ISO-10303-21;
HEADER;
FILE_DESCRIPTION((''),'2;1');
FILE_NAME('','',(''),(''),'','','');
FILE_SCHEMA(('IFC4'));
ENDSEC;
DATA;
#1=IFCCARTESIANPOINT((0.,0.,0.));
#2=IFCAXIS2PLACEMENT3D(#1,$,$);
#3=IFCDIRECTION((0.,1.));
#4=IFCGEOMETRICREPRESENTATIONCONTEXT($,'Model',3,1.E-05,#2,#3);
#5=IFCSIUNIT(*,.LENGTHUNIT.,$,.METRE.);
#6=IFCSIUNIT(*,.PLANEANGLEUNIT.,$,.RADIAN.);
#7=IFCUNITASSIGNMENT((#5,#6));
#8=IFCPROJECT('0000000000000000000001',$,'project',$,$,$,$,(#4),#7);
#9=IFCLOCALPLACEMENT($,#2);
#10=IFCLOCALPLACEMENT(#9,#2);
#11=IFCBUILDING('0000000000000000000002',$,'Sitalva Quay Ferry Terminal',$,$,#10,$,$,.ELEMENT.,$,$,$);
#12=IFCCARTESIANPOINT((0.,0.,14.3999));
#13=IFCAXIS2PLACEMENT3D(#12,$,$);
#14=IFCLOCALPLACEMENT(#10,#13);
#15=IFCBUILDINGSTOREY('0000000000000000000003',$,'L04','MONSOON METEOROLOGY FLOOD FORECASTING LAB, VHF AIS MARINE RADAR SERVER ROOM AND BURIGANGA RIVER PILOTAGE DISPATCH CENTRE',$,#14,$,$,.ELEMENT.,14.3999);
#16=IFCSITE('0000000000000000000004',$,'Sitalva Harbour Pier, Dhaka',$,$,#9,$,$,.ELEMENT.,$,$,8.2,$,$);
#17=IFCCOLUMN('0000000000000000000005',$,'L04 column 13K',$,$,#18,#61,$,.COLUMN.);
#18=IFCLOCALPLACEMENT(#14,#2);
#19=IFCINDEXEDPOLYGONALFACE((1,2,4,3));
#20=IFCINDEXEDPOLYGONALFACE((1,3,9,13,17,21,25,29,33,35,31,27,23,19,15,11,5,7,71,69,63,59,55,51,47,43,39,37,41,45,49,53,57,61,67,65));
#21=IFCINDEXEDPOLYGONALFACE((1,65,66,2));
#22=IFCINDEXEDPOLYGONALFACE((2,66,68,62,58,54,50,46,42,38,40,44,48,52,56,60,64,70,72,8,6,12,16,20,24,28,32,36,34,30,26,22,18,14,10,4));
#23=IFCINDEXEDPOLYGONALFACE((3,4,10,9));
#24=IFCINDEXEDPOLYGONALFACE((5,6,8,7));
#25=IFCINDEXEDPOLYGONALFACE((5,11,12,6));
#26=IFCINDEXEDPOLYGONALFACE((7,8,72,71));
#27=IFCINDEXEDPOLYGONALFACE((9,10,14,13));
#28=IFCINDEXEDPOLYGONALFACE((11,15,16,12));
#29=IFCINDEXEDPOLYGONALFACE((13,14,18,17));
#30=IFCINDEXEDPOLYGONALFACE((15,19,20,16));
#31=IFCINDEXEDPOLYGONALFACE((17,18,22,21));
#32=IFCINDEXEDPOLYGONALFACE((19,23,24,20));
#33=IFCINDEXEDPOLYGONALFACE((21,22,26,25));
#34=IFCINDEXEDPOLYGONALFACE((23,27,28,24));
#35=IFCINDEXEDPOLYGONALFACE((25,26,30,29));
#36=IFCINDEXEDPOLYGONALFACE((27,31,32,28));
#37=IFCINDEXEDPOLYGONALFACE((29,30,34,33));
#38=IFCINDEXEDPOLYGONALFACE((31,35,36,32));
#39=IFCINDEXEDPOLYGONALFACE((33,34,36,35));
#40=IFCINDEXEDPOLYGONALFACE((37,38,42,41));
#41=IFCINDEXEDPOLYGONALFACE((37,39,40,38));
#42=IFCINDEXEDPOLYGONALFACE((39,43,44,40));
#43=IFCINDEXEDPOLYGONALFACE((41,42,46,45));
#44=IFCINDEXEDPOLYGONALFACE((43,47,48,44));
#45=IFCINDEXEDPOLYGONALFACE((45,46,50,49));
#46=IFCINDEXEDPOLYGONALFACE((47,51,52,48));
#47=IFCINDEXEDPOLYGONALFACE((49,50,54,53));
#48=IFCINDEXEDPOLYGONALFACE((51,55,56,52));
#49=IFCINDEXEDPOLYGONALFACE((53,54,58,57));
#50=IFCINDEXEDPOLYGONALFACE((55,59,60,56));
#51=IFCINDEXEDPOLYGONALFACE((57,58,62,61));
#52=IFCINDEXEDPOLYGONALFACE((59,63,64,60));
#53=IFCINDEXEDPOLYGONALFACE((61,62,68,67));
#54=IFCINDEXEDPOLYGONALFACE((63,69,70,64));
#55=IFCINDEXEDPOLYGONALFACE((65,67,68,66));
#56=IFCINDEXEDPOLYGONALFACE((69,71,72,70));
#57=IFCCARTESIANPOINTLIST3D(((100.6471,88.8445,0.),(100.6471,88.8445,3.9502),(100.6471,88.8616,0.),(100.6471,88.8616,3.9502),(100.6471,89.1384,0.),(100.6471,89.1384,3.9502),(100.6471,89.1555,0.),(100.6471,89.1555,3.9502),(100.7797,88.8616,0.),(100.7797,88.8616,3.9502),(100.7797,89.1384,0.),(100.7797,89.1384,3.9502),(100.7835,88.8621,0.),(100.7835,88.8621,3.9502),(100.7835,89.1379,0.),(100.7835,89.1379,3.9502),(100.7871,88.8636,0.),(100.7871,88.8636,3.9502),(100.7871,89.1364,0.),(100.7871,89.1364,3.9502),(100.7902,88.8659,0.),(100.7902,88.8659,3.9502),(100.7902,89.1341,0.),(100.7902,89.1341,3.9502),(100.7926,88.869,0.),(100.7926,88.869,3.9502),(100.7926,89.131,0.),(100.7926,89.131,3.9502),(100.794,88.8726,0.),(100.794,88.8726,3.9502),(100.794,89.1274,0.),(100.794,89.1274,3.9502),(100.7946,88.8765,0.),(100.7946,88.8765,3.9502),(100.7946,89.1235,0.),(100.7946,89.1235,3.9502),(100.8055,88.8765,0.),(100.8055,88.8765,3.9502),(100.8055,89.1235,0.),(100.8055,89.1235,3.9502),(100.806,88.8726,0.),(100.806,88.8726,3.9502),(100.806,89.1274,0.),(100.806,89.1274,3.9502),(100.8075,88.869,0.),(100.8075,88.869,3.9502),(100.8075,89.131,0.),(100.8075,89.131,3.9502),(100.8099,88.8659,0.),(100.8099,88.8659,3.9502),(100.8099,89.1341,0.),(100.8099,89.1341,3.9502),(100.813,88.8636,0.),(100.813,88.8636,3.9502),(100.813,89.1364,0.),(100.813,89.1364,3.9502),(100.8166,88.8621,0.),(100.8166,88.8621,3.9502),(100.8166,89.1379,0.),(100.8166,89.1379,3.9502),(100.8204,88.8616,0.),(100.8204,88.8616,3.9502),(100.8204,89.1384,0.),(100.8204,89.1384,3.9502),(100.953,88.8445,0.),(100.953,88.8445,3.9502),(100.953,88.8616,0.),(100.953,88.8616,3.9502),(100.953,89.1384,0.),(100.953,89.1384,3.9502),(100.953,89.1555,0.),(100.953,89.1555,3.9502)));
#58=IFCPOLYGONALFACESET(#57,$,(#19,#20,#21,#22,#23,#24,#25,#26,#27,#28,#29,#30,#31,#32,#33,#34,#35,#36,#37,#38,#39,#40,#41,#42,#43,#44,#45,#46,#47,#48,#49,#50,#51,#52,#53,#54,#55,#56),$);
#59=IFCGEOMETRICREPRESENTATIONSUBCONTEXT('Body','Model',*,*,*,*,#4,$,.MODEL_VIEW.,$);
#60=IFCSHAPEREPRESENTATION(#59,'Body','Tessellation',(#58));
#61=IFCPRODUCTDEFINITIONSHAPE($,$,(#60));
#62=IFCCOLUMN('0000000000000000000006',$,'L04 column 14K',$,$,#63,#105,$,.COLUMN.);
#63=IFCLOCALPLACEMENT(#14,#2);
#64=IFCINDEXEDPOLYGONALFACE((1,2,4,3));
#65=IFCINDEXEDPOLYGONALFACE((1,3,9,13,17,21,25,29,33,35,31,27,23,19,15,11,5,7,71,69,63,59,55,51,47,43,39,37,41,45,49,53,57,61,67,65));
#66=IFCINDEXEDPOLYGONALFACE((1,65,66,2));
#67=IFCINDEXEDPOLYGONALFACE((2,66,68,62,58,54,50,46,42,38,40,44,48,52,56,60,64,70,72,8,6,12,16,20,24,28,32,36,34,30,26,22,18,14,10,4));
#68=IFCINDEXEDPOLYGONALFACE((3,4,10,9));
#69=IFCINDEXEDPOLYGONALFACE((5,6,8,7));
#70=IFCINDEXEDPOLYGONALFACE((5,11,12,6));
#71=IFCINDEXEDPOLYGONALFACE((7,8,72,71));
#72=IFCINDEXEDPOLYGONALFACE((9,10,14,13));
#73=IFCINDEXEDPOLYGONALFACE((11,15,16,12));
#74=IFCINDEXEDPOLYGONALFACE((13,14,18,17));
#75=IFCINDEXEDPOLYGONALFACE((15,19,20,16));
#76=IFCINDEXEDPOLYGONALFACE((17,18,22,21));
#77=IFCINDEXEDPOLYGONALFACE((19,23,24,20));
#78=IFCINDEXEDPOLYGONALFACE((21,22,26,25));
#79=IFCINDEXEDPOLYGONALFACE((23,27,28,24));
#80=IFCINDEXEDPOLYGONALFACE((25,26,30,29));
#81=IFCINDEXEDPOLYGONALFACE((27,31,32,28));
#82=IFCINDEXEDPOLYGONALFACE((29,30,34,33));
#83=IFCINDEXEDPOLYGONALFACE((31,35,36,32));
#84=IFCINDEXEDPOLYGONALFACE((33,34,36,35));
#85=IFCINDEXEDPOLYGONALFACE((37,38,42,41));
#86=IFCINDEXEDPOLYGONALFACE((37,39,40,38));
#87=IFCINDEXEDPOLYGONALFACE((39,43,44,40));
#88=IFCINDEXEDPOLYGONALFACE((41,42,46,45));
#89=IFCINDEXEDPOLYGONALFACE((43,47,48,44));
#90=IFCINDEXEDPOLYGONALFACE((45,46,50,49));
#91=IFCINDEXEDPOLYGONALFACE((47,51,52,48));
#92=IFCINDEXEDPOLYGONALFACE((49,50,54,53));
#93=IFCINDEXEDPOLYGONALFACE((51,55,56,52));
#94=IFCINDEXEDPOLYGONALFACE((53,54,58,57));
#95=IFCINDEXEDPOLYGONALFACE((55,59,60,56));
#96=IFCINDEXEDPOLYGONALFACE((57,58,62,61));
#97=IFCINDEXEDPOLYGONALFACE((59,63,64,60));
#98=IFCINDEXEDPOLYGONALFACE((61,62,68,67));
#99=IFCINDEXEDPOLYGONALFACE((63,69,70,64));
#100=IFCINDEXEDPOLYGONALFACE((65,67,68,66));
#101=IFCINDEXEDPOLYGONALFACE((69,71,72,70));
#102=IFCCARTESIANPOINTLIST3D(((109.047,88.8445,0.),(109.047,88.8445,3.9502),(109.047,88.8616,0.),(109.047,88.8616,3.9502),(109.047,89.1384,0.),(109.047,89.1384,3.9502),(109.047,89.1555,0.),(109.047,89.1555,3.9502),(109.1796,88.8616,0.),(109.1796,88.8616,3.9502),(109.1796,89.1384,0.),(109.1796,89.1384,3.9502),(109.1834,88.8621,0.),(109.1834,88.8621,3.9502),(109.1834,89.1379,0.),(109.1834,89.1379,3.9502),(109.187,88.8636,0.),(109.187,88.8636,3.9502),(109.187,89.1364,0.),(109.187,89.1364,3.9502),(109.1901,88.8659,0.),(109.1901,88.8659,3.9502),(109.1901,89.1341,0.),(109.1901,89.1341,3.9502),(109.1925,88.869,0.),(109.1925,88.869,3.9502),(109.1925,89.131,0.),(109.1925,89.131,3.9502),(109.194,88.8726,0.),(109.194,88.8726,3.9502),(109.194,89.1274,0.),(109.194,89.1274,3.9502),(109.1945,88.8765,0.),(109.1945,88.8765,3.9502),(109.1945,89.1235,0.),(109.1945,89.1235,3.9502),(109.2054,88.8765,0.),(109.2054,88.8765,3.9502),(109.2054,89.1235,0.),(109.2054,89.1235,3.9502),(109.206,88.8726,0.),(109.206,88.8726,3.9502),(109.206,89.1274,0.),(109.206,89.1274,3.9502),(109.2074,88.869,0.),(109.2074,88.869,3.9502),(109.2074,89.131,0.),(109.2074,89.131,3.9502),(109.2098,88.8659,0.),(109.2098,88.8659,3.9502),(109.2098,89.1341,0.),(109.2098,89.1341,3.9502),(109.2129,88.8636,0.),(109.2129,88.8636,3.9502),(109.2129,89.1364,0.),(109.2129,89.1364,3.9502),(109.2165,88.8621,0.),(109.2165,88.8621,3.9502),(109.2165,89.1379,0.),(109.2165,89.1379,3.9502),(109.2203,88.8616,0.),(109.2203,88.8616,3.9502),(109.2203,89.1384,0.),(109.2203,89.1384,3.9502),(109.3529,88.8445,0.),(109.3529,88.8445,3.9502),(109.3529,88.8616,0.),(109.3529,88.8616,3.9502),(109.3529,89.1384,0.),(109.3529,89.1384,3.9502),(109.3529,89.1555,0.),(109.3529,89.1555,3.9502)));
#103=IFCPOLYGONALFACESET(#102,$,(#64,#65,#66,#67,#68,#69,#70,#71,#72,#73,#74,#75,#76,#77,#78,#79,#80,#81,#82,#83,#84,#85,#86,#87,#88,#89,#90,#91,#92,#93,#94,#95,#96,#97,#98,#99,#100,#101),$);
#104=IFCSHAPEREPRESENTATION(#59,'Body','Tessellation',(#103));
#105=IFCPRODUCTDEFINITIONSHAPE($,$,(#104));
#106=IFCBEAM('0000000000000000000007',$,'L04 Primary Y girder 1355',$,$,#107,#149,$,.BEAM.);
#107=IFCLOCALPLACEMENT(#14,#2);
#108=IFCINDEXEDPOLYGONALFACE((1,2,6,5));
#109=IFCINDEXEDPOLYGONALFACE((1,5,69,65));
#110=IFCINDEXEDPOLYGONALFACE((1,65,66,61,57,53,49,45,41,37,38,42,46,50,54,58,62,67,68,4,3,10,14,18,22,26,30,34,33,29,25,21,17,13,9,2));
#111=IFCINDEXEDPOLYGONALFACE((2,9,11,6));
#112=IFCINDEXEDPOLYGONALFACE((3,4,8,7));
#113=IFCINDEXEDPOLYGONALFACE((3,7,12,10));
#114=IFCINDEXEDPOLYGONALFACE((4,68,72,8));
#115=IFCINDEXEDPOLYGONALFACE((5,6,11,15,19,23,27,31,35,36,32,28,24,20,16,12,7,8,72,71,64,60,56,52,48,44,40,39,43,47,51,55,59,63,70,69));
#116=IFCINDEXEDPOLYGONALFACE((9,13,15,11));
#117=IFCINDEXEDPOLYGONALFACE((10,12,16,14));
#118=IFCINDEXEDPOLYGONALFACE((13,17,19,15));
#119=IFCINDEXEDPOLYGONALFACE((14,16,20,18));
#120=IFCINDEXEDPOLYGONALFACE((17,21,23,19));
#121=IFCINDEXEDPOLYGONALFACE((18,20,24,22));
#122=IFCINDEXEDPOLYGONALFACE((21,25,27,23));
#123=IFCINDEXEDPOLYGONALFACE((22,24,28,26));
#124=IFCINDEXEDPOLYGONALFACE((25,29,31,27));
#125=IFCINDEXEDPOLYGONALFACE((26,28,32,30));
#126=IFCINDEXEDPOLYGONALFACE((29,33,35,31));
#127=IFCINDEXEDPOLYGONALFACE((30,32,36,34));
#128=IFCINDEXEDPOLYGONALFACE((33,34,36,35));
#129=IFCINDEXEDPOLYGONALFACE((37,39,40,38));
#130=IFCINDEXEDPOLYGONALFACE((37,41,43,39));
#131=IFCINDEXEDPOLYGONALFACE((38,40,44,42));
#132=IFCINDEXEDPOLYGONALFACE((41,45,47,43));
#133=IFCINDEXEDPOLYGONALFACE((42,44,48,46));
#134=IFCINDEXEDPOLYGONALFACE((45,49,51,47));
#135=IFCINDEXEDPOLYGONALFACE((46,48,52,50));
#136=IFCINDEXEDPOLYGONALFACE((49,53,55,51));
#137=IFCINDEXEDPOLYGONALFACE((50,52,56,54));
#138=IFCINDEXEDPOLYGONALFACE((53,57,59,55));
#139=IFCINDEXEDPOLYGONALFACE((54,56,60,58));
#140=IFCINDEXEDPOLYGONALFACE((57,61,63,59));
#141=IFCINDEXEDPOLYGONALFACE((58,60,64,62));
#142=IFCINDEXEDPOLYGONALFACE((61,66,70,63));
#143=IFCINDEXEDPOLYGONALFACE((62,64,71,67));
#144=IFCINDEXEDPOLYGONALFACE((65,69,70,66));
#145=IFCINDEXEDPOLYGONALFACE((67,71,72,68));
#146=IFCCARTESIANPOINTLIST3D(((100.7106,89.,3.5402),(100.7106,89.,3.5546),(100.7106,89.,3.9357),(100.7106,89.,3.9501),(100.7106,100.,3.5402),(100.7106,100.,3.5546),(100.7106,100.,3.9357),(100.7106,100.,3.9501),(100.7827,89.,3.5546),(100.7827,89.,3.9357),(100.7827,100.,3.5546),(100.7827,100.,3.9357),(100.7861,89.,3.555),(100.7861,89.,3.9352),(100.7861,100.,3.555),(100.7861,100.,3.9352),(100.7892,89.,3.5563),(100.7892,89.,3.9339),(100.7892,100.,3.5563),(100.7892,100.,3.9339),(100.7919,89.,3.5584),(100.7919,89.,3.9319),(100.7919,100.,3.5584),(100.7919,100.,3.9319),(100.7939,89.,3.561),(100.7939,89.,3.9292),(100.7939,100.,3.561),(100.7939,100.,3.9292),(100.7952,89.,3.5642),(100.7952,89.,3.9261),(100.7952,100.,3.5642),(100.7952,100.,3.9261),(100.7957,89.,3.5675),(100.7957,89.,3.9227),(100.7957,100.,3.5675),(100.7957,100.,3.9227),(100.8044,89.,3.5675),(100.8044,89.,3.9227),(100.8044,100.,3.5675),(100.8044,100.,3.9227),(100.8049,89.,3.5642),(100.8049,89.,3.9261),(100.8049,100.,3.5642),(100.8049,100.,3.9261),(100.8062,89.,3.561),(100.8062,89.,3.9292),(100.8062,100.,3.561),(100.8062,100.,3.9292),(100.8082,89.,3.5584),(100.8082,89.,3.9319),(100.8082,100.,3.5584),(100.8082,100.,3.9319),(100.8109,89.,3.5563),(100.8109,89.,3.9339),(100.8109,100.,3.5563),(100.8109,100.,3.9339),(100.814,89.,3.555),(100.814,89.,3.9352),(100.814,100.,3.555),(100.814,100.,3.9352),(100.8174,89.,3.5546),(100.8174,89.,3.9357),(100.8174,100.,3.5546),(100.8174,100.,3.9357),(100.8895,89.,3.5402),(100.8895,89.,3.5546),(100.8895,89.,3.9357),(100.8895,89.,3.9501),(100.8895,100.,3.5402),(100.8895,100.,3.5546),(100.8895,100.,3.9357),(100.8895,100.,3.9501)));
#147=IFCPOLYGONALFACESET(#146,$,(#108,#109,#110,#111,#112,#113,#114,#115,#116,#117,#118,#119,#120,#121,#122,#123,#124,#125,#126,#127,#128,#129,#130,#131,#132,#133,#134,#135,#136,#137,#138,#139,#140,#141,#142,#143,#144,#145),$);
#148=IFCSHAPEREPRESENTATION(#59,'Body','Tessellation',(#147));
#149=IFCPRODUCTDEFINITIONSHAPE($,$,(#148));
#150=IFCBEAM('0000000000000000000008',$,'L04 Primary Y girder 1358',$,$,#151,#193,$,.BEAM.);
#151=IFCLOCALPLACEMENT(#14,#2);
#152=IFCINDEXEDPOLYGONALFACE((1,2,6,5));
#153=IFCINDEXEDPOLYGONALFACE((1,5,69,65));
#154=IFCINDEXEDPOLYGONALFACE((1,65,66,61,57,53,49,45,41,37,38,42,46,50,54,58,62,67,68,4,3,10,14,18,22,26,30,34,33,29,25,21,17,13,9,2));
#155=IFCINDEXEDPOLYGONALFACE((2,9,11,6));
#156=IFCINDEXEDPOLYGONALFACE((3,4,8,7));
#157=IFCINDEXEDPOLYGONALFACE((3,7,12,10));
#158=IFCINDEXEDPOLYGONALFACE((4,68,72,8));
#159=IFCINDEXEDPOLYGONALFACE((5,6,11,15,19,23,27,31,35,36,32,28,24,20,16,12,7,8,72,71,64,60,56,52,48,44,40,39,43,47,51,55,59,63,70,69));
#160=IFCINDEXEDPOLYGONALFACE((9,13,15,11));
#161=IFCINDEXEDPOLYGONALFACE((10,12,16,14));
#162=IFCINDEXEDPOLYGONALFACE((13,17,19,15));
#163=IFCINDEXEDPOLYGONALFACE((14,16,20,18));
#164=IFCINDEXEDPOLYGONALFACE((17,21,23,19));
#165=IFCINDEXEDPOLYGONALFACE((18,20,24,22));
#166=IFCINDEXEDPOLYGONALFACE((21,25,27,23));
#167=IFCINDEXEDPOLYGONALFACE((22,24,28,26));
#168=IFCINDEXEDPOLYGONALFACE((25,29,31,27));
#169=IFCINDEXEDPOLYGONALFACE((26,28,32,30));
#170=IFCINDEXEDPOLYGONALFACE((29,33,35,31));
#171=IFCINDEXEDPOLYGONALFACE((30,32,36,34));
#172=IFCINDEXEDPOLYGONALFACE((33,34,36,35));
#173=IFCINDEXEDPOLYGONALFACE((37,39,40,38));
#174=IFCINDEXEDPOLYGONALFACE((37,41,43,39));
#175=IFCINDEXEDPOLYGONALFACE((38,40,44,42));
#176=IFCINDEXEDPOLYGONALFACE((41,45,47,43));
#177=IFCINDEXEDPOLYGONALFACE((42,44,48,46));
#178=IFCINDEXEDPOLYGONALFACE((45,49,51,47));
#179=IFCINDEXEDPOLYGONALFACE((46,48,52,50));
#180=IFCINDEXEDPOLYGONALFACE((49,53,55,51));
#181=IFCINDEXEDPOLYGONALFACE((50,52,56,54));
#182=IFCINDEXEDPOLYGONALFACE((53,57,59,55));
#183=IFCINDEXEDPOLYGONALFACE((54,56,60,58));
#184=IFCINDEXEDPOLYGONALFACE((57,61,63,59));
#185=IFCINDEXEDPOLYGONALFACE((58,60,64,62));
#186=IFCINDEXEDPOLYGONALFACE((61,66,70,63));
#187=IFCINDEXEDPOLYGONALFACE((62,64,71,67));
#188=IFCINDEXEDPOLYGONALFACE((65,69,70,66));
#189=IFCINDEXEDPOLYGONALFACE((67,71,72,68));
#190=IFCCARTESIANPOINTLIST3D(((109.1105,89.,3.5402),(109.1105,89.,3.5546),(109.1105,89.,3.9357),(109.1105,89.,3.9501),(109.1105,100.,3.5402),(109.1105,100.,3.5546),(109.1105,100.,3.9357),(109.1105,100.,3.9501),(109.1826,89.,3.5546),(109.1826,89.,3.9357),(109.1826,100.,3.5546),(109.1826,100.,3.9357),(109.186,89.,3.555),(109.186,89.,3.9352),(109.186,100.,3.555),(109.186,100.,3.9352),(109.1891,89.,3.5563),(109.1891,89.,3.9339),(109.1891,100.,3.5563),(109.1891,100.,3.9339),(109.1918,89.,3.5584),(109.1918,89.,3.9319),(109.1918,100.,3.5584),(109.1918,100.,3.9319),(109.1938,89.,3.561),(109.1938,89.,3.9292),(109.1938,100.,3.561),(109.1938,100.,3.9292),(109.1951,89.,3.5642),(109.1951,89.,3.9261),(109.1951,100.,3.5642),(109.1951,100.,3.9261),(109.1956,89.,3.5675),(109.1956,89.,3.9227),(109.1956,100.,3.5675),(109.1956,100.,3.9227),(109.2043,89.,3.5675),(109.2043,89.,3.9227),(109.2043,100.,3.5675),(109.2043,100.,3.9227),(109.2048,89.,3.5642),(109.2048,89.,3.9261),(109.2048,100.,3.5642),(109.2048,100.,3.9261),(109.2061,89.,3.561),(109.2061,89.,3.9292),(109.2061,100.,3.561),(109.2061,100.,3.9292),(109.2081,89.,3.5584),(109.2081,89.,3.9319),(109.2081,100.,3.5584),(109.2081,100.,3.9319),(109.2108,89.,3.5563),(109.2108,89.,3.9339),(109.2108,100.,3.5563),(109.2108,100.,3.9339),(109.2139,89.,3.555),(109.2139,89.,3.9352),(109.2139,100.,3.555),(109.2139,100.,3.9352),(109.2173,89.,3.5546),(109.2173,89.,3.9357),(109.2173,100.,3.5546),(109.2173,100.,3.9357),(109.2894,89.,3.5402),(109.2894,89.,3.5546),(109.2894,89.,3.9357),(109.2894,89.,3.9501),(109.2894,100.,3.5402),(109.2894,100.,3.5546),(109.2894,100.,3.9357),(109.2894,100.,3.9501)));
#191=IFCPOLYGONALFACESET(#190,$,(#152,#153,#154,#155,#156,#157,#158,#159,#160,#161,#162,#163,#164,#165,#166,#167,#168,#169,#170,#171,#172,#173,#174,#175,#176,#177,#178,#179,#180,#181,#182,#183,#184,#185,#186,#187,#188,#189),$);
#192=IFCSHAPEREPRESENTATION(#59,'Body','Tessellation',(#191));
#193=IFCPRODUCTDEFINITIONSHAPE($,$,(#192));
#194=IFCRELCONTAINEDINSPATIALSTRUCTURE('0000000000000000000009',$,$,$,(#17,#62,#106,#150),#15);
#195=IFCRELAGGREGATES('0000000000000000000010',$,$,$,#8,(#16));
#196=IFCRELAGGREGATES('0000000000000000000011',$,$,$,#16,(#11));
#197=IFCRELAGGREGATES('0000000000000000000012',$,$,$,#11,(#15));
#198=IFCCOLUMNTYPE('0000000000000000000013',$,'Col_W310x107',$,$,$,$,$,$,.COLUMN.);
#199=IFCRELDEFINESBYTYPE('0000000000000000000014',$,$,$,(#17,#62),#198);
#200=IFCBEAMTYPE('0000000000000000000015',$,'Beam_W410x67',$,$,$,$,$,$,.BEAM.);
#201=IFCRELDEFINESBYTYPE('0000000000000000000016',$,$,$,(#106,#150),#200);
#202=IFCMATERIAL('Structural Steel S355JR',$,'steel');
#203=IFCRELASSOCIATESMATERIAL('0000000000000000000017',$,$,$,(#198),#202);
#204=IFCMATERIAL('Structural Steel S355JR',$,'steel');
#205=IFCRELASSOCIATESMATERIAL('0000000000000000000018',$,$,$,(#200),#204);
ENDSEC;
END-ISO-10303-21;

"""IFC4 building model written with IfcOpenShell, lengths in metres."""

from ifc_helpers import new_model, si_unit, direction, frame, origin, origin_2d, place, context, subcontext, project, spatial, i_section, extrude, material, material_profile, profile_set, type_object, element, save


model = new_model("IFC4")

# Units and contexts
model_context = context("Model", 3, precision=1e-05, world=origin(), true_north=direction((0.0, 1.0)))
body_context = subcontext(model_context, "Body", "Model", "MODEL_VIEW")
ifc_project = project(units=[si_unit("LENGTHUNIT", "METRE"), si_unit("PLANEANGLEUNIT", "RADIAN")], contexts=[model_context])

# Site, building, storey
site_placement = place(None, origin())
site = spatial("IfcSite", under=ifc_project, at=site_placement, Name="Sitalva Harbour Pier, Dhaka", CompositionType="ELEMENT", RefElevation=8.2)
building_placement = place(site_placement, origin())
building = spatial("IfcBuilding", under=site, at=building_placement, Name="Sitalva Quay Ferry Terminal", CompositionType="ELEMENT")
storey_placement = place(building_placement, frame((0.0, 0.0, 14.3999)))
storey = spatial("IfcBuildingStorey", under=building, at=storey_placement, Name="L04", Description="MONSOON METEOROLOGY FLOOD FORECASTING LAB, VHF AIS MARINE RADAR SERVER ROOM AND BURIGANGA RIVER PILOTAGE DISPATCH CENTRE", CompositionType="ELEMENT", Elevation=14.3999)

# Columns
ifc_material_1 = material(Name="Structural Steel S355JR", Category="steel")
ifc_material_profile_1 = material_profile(ifc_material_1, i_section(OverallWidth=0.3059, OverallDepth=0.311, WebThickness=0.011, FlangeThickness=0.0171, FilletRadius=0.0149, at=origin_2d()), Name="W310x107")
ifc_profile_set_1 = profile_set([ifc_material_profile_1], Name="Structural Steel S355JR")
column_type = type_object("IfcColumnType", Name="Col_W310x107", PredefinedType="COLUMN", material=ifc_profile_set_1)
for number, where, z_axis, x_axis, name in (
    (1, (100.8, 89.0, 0.0), (0.0, 0.0, 1.0), (1.0, 0.0, 0.0), "L04 column 13K"),
    (2, (109.2, 89.0, 0.0), (0.0, 0.0, 1.0), (1.0, 0.0, 0.0), "L04 column 14K"),
):
    element("IfcColumn", number, at=place(storey_placement, frame(where, z_axis=z_axis, x_axis=x_axis)), inside=storey, type_object=column_type, Name=name, PredefinedType="COLUMN", context=body_context, shape_type="SweptSolid", body=[
        extrude(i_section(OverallWidth=0.3059, OverallDepth=0.311, WebThickness=0.011, FlangeThickness=0.0171, FilletRadius=0.0149, at=origin_2d()), origin(), (0.0, 0.0, 1.0), 3.9502),
    ])

# Beams
ifc_material_2 = material(Name="Structural Steel S355JR", Category="steel")
ifc_material_profile_2 = material_profile(ifc_material_2, i_section(OverallWidth=0.179, OverallDepth=0.4099, WebThickness=0.0088, FlangeThickness=0.0144, FilletRadius=0.0129, at=origin_2d()), Name="W410x67")
ifc_profile_set_2 = profile_set([ifc_material_profile_2], Name="Structural Steel S355JR")
beam_type_1 = type_object("IfcBeamType", Name="Beam_W410x67", PredefinedType="BEAM", material=ifc_profile_set_2)
for number, where, z_axis, x_axis, name in (
    (3, (100.8, 89.0, 3.7451), (0.0, 1.0, 0.0), (-1.0, 0.0, 0.0), "L04 Primary Y girder 1355"),
    (4, (109.2, 89.0, 3.7451), (0.0, 1.0, 0.0), (-1.0, 0.0, 0.0), "L04 Primary Y girder 1358"),
):
    element("IfcBeam", number, at=place(storey_placement, frame(where, z_axis=z_axis, x_axis=x_axis)), inside=storey, type_object=beam_type_1, Name=name, PredefinedType="BEAM", context=body_context, shape_type="SweptSolid", body=[
        extrude(i_section(OverallWidth=0.179, OverallDepth=0.4099, WebThickness=0.0088, FlangeThickness=0.0144, FilletRadius=0.0129, at=origin_2d()), origin(), (0.0, 0.0, 1.0), 11.0),
    ])

save(model, "model.ifc")
